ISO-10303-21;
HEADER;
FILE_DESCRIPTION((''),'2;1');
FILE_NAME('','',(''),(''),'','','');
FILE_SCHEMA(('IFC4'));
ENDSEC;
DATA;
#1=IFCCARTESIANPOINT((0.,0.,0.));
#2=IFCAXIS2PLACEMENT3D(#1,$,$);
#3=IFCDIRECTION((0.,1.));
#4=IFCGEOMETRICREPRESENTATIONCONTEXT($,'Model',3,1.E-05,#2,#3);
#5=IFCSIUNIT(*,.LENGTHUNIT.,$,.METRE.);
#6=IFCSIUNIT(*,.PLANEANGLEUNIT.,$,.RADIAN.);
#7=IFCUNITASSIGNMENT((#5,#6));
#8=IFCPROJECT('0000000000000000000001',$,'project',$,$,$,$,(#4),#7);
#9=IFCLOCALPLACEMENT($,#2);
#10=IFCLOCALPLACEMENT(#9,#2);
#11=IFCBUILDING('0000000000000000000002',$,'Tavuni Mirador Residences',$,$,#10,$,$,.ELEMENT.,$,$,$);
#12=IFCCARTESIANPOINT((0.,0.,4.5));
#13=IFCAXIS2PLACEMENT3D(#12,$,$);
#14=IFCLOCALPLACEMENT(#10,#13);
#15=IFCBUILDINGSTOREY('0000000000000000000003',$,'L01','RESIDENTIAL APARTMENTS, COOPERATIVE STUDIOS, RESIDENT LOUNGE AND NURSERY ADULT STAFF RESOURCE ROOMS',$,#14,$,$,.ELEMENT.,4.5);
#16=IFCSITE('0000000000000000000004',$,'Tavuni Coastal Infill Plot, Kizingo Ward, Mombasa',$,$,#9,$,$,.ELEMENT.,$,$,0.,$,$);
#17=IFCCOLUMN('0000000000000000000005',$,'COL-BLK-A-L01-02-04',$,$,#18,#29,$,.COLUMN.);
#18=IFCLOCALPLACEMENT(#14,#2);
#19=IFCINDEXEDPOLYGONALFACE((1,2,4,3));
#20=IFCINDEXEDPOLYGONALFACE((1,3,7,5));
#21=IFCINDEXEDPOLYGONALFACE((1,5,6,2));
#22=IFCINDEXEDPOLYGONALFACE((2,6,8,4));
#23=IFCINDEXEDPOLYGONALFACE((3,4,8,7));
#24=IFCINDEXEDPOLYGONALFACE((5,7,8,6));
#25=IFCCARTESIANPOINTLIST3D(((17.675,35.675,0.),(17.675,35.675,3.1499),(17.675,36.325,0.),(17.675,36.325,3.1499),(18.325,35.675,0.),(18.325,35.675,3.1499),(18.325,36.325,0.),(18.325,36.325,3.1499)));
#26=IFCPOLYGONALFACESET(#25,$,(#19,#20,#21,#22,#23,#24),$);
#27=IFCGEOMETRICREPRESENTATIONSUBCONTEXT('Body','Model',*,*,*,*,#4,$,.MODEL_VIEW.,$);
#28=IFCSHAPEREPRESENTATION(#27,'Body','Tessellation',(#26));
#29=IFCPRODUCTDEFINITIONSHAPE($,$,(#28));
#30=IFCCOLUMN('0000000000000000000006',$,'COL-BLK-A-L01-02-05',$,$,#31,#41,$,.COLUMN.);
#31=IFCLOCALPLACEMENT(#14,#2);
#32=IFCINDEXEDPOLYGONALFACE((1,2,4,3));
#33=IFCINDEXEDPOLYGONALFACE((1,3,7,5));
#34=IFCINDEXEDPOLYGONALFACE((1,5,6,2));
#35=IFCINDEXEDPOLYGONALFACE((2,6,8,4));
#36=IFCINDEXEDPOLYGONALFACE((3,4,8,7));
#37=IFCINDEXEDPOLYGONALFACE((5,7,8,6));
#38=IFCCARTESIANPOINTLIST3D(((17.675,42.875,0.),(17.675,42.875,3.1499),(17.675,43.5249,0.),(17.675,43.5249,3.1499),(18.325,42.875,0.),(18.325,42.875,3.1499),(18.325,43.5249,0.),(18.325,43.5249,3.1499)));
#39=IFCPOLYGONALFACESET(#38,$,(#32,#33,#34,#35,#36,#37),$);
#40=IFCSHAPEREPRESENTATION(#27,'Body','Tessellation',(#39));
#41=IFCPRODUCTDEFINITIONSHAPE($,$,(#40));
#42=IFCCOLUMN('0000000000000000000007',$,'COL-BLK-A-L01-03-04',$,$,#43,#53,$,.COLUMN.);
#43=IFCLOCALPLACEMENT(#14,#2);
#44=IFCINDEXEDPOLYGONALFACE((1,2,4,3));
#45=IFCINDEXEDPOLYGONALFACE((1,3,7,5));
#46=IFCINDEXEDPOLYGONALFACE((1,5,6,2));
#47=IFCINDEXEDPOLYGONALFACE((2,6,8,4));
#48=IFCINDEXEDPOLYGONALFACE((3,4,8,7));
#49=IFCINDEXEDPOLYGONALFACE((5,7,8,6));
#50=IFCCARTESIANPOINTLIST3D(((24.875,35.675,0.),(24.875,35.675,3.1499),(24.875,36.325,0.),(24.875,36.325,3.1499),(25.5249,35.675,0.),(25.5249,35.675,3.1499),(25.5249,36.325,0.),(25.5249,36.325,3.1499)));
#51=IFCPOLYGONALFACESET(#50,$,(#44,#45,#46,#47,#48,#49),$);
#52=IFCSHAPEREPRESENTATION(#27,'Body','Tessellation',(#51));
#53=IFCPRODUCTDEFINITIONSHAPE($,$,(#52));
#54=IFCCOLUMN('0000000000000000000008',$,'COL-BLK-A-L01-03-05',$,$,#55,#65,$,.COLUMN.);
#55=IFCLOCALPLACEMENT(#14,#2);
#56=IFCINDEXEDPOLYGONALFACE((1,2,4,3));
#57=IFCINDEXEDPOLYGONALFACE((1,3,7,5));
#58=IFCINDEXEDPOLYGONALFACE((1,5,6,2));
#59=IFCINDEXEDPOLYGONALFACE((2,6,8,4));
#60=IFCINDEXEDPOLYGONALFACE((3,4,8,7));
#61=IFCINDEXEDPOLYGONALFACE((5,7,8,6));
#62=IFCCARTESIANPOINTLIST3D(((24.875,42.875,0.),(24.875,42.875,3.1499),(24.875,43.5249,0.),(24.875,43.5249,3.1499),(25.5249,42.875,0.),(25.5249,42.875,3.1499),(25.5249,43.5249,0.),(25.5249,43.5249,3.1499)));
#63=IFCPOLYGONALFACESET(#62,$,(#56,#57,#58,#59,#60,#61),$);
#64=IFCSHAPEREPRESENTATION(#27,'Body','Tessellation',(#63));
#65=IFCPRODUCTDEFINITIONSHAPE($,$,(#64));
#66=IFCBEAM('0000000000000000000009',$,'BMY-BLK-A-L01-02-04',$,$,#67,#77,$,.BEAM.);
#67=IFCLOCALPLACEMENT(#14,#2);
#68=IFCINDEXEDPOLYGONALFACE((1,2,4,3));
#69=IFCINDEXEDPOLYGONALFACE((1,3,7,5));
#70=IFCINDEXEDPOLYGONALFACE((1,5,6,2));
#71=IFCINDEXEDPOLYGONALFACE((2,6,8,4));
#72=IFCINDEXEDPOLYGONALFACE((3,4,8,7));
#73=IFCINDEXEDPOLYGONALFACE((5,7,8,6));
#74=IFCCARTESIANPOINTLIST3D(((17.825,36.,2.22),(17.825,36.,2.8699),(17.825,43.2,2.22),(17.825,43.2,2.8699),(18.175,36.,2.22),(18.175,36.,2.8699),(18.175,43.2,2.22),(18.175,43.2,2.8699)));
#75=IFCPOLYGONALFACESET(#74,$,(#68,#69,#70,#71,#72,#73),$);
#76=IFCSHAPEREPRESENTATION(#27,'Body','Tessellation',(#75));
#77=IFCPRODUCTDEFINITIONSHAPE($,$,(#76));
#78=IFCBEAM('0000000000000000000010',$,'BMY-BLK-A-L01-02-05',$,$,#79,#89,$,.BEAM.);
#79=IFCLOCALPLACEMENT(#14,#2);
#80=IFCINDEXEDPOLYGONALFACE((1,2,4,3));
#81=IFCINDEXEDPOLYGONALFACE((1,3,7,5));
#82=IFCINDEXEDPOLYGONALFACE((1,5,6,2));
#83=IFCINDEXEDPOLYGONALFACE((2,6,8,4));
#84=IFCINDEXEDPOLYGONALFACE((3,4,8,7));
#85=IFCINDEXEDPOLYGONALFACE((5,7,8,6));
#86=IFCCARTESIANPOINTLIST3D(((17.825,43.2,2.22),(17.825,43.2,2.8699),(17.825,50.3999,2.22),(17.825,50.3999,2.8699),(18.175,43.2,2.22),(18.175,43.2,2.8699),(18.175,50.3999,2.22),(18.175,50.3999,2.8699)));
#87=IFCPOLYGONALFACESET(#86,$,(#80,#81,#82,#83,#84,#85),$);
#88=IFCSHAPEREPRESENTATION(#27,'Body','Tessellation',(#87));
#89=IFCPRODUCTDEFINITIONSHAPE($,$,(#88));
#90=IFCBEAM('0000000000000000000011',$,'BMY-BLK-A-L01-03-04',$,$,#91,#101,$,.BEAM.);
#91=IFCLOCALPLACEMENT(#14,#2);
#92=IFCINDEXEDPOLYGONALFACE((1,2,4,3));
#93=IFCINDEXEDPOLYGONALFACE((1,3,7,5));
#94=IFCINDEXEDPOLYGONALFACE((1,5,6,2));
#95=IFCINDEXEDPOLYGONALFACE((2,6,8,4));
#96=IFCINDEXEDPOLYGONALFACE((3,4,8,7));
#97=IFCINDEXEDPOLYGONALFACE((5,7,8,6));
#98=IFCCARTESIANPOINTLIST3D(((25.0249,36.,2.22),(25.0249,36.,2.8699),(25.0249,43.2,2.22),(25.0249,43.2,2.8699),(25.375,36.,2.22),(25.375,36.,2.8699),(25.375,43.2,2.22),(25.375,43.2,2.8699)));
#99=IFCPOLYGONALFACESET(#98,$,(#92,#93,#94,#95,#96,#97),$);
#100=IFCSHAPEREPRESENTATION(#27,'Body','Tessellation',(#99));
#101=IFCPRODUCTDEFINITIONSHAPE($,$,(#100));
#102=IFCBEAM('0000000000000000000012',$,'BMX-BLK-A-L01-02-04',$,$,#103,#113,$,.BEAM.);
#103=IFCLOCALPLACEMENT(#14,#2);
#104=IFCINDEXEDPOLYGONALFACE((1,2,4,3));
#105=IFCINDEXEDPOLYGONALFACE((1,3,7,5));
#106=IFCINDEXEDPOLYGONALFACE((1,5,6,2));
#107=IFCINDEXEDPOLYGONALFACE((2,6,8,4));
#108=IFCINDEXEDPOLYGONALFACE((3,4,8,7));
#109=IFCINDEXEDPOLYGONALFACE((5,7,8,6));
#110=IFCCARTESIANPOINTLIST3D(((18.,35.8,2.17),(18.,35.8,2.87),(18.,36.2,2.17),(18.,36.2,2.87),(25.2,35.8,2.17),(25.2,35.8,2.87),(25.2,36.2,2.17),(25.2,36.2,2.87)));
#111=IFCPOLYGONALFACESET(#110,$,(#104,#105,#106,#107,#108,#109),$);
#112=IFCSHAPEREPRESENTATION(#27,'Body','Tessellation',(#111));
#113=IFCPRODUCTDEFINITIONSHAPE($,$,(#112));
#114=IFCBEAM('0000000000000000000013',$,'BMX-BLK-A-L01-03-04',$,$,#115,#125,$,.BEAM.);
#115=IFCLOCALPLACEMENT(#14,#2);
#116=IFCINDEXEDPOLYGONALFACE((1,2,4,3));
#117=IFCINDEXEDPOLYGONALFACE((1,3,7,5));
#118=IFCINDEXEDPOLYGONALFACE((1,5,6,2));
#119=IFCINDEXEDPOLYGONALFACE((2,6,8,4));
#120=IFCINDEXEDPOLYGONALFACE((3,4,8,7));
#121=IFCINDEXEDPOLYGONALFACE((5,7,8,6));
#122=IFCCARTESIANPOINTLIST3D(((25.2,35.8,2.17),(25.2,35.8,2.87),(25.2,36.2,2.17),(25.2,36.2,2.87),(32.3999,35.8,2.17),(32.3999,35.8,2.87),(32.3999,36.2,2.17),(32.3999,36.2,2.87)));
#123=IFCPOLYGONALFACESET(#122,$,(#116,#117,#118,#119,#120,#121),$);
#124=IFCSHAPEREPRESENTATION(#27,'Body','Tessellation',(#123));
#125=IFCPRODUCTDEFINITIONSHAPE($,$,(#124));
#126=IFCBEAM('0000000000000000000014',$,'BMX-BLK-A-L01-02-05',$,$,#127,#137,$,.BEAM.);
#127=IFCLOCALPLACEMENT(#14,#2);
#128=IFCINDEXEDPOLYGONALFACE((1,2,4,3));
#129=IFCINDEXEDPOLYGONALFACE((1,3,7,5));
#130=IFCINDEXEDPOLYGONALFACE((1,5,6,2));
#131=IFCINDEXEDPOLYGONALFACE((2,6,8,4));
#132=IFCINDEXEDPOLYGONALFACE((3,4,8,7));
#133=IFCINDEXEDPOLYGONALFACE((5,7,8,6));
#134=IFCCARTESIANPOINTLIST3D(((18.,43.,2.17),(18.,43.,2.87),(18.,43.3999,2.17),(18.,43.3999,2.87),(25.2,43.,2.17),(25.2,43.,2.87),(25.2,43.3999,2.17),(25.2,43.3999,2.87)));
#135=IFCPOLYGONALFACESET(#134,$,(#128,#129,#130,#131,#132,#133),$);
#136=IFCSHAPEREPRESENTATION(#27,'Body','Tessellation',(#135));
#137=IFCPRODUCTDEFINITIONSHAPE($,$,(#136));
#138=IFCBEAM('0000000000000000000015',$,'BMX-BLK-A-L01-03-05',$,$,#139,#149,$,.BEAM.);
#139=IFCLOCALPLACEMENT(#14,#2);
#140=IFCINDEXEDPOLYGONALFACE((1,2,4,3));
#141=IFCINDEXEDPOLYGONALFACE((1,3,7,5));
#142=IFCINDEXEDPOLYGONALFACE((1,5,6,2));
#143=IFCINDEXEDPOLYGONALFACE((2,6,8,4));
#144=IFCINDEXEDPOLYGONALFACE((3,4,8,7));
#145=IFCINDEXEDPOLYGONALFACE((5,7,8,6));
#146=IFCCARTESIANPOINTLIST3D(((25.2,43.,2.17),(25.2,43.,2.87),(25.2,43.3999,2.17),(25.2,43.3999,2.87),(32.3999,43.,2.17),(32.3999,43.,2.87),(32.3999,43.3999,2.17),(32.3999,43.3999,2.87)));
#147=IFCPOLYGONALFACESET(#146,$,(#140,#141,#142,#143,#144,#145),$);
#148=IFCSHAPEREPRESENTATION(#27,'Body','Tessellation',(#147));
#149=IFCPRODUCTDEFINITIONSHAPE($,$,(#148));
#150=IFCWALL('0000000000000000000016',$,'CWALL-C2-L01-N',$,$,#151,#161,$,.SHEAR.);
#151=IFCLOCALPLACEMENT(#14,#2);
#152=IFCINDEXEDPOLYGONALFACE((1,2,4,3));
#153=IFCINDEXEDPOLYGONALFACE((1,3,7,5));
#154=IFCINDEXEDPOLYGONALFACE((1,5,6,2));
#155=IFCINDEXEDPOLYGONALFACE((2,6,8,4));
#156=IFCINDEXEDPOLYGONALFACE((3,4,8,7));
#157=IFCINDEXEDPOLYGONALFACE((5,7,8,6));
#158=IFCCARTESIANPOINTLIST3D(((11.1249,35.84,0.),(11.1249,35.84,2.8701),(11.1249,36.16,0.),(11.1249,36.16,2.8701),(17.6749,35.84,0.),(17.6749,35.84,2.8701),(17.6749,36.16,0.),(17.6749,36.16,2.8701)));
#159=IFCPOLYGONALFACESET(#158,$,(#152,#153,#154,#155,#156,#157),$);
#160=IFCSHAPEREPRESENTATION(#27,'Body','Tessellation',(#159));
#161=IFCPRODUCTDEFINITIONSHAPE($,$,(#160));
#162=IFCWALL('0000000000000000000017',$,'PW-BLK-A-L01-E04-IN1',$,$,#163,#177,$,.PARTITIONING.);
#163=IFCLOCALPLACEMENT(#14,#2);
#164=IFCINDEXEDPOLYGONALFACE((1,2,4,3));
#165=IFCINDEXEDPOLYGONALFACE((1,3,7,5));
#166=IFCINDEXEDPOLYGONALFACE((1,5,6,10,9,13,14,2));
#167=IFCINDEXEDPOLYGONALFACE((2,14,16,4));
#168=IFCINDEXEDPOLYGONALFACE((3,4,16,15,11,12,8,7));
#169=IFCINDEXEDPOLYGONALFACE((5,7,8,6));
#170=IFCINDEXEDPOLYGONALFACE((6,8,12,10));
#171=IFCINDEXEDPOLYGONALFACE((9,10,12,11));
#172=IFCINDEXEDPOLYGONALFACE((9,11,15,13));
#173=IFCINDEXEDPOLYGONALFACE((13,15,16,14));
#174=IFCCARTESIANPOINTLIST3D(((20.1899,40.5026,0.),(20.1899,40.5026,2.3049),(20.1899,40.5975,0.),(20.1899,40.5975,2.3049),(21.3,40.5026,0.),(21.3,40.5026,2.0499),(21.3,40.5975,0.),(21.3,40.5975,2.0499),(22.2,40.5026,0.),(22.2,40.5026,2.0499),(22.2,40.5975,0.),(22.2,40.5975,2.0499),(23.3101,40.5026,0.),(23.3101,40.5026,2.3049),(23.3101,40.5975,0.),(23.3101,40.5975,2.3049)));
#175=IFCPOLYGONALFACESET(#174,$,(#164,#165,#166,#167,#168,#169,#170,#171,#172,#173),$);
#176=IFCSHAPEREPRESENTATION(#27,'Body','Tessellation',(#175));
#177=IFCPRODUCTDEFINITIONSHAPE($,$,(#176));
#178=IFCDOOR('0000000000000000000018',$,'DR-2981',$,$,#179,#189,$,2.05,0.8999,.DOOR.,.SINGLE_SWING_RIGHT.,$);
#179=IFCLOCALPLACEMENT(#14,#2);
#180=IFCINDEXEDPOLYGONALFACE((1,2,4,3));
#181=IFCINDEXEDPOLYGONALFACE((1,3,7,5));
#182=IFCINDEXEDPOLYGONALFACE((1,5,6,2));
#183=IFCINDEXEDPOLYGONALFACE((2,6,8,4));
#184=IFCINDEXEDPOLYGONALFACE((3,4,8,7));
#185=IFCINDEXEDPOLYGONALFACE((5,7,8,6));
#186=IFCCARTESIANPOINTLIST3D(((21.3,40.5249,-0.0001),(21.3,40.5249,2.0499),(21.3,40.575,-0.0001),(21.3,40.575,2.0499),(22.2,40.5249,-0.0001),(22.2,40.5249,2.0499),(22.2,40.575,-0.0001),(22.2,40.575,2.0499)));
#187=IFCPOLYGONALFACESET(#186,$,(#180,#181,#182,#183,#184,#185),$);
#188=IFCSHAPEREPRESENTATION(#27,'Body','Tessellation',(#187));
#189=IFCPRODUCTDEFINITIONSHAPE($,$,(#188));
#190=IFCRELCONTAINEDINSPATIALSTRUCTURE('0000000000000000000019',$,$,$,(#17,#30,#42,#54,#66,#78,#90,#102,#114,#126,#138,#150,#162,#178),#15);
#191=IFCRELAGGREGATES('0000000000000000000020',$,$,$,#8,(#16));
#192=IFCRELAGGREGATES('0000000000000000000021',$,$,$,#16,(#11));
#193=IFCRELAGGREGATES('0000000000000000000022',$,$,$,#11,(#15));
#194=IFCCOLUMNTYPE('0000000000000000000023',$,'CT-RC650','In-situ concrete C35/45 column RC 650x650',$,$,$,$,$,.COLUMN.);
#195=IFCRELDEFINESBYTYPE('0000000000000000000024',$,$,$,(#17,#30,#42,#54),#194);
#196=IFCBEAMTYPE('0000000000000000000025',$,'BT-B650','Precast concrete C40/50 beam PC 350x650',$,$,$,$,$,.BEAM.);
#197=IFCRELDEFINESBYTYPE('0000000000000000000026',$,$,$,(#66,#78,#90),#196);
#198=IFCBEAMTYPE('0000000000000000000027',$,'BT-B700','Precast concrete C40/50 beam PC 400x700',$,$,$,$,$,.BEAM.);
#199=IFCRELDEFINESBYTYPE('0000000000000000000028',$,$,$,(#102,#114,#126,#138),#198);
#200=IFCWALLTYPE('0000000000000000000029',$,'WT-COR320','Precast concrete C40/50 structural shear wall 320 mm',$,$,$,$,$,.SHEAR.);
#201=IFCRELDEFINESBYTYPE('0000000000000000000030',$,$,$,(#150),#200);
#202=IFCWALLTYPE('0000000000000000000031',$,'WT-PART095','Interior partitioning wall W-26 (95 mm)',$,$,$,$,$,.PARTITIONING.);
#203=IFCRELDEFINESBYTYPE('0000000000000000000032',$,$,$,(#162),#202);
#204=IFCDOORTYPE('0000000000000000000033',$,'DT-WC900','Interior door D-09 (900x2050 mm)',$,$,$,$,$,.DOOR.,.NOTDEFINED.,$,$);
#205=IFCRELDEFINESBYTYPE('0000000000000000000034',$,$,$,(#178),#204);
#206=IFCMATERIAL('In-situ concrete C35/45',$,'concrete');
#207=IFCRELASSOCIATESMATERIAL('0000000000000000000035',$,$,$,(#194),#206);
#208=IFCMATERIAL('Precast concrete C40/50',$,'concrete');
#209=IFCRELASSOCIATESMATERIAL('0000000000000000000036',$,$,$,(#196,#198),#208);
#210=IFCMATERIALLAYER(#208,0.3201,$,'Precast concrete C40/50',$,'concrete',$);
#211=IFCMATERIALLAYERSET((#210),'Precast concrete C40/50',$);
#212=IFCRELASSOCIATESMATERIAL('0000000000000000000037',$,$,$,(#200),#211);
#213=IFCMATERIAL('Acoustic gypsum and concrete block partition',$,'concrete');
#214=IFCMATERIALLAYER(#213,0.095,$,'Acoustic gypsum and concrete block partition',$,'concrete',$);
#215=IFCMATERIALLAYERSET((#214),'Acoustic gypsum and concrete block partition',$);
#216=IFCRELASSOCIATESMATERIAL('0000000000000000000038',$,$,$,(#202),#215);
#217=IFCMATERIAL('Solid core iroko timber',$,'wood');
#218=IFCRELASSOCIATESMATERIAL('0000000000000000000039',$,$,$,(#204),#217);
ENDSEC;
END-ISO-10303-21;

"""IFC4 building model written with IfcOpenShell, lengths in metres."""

from ifc_helpers import new_model, si_unit, direction, frame, frame_2d, origin, origin_2d, place, context, subcontext, project, spatial, rectangle, extrude, material, layer, layer_set, material_profile, profile_set, type_object, element, fill, save


model = new_model("IFC4")

# Units and contexts
model_context = context("Model", 3, precision=1e-05, world=origin(), true_north=direction((0.0, 1.0)))
body_context = subcontext(model_context, "Body", "Model", "MODEL_VIEW")
ifc_project = project(units=[si_unit("LENGTHUNIT", "METRE"), si_unit("PLANEANGLEUNIT", "RADIAN")], contexts=[model_context])

# Site, building, storey
site_placement = place(None, origin())
site = spatial("IfcSite", under=ifc_project, at=site_placement, Name="Tavuni Coastal Infill Plot, Kizingo Ward, Mombasa", CompositionType="ELEMENT", RefElevation=0.0)
building_placement = place(site_placement, origin())
building = spatial("IfcBuilding", under=site, at=building_placement, Name="Tavuni Mirador Residences", CompositionType="ELEMENT")
storey_placement = place(building_placement, frame((0.0, 0.0, 4.5)))
storey = spatial("IfcBuildingStorey", under=building, at=storey_placement, Name="L01", Description="RESIDENTIAL APARTMENTS, COOPERATIVE STUDIOS, RESIDENT LOUNGE AND NURSERY ADULT STAFF RESOURCE ROOMS", CompositionType="ELEMENT", Elevation=4.5)

# Columns
ifc_material_1 = material(Name="In-situ concrete C35/45", Category="concrete")
ifc_material_profile_1 = material_profile(ifc_material_1, rectangle(XDim=0.6499, YDim=0.6499, at=origin_2d()), Name="RC 650x650", Category="concrete")
ifc_profile_set_1 = profile_set([ifc_material_profile_1], Name="In-situ concrete C35/45")
column_type = type_object("IfcColumnType", Name="CT-RC650", Description="In-situ concrete C35/45 column RC 650x650", PredefinedType="COLUMN", material=ifc_profile_set_1)
for number, where, z_axis, x_axis, name in (
    (1, (18.0, 36.0, 0.0), (0.0, 0.0, 1.0), (1.0, 0.0, 0.0), "COL-BLK-A-L01-02-04"),
    (2, (18.0, 43.2, 0.0), (0.0, 0.0, 1.0), (1.0, 0.0, 0.0), "COL-BLK-A-L01-02-05"),
    (3, (25.2, 36.0, 0.0), (0.0, 0.0, 1.0), (1.0, 0.0, 0.0), "COL-BLK-A-L01-03-04"),
    (4, (25.2, 43.2, 0.0), (0.0, 0.0, 1.0), (1.0, 0.0, 0.0), "COL-BLK-A-L01-03-05"),
):
    element("IfcColumn", number, at=place(storey_placement, frame(where, z_axis=z_axis, x_axis=x_axis)), inside=storey, type_object=column_type, Name=name, PredefinedType="COLUMN", context=body_context, shape_type="SweptSolid", body=[
        extrude(rectangle(XDim=0.6499, YDim=0.6499, at=origin_2d()), origin(), (0.0, 0.0, 1.0), 3.1499),
    ])

# Beams
ifc_material_2 = material(Name="Precast concrete C40/50", Category="concrete")
ifc_material_profile_2 = material_profile(ifc_material_2, rectangle(XDim=0.3501, YDim=0.6499, at=origin_2d()), Name="PC 350x650", Category="concrete")
ifc_profile_set_2 = profile_set([ifc_material_profile_2], Name="Precast concrete C40/50")
beam_type_1 = type_object("IfcBeamType", Name="BT-B650", Description="Precast concrete C40/50 beam PC 350x650", PredefinedType="BEAM", material=ifc_profile_set_2)
for number, where, z_axis, x_axis, name in (
    (5, (18.0, 36.0, 2.5449), (0.0, 1.0, 0.0), (-1.0, 0.0, 0.0), "BMY-BLK-A-L01-02-04"),
    (6, (18.0, 43.2, 2.5449), (0.0, 1.0, 0.0), (-1.0, 0.0, 0.0), "BMY-BLK-A-L01-02-05"),
    (7, (25.2, 36.0, 2.5449), (0.0, 1.0, 0.0), (-1.0, 0.0, 0.0), "BMY-BLK-A-L01-03-04"),
):
    element("IfcBeam", number, at=place(storey_placement, frame(where, z_axis=z_axis, x_axis=x_axis)), inside=storey, type_object=beam_type_1, Name=name, PredefinedType="BEAM", context=body_context, shape_type="SweptSolid", body=[
        extrude(rectangle(XDim=0.3501, YDim=0.6499, at=origin_2d()), origin(), (0.0, 0.0, 1.0), 7.2),
    ])
ifc_material_profile_3 = material_profile(ifc_material_2, rectangle(XDim=0.3999, YDim=0.7, at=origin_2d()), Name="PC 400x700", Category="concrete")
ifc_profile_set_3 = profile_set([ifc_material_profile_3], Name="Precast concrete C40/50")
beam_type_2 = type_object("IfcBeamType", Name="BT-B700", Description="Precast concrete C40/50 beam PC 400x700", PredefinedType="BEAM", material=ifc_profile_set_3)
for number, where, z_axis, x_axis, name in (
    (8, (18.0, 36.0, 2.52), (1.0, 0.0, 0.0), (0.0, 1.0, 0.0), "BMX-BLK-A-L01-02-04"),
    (9, (25.2, 36.0, 2.52), (1.0, 0.0, 0.0), (0.0, 1.0, 0.0), "BMX-BLK-A-L01-03-04"),
    (10, (18.0, 43.2, 2.52), (1.0, 0.0, 0.0), (0.0, 1.0, 0.0), "BMX-BLK-A-L01-02-05"),
    (11, (25.2, 43.2, 2.52), (1.0, 0.0, 0.0), (0.0, 1.0, 0.0), "BMX-BLK-A-L01-03-05"),
):
    element("IfcBeam", number, at=place(storey_placement, frame(where, z_axis=z_axis, x_axis=x_axis)), inside=storey, type_object=beam_type_2, Name=name, PredefinedType="BEAM", context=body_context, shape_type="SweptSolid", body=[
        extrude(rectangle(XDim=0.3999, YDim=0.7, at=origin_2d()), origin(), (0.0, 0.0, 1.0), 7.2),
    ])

# Wall
ifc_layer_1 = layer(ifc_material_2, 0.3201, Name="Precast concrete C40/50", Category="concrete")
ifc_layer_set_1 = layer_set([ifc_layer_1], Name="Precast concrete C40/50")
wall_type_1 = type_object("IfcWallType", Name="WT-COR320", Description="Precast concrete C40/50 structural shear wall 320 mm", PredefinedType="SHEAR", material=ifc_layer_set_1)
wall_1_placement = place(storey_placement, frame((11.125, 36.0, 0.0), z_axis=(0.0, 0.0, 1.0), x_axis=(1.0, 0.0, 0.0)))
element("IfcWall", 12, at=wall_1_placement, inside=storey, type_object=wall_type_1, Name="CWALL-C2-L01-N", PredefinedType="SHEAR", context=body_context, shape_type="SweptSolid", body=[
    extrude(rectangle(XDim=6.55, YDim=0.3201, at=frame_2d((3.2749, 0.0))), origin(), (0.0, 0.0, 1.0), 2.8701),
])

# Wall, opening, door
ifc_material_3 = material(Name="Solid core iroko timber", Category="wood")
ifc_material_4 = material(Name="Acoustic gypsum and concrete block partition", Category="concrete")
ifc_layer_2 = layer(ifc_material_4, 0.095, Name="Acoustic gypsum and concrete block partition", Category="concrete")
ifc_layer_set_2 = layer_set([ifc_layer_2], Name="Acoustic gypsum and concrete block partition")
wall_type_2 = type_object("IfcWallType", Name="WT-PART095", Description="Interior partitioning wall W-26 (95 mm)", PredefinedType="PARTITIONING", material=ifc_layer_set_2)
wall_2_placement = place(storey_placement, frame((20.1899, 40.55, 0.0), z_axis=(0.0, 0.0, 1.0), x_axis=(1.0, 0.0, 0.0)))
wall_2 = element("IfcWall", 13, at=wall_2_placement, inside=storey, type_object=wall_type_2, Name="PW-BLK-A-L01-E04-IN1", PredefinedType="PARTITIONING", context=body_context, shape_type="SweptSolid", body=[
    extrude(rectangle(XDim=3.1201, YDim=0.095, at=frame_2d((1.5601, 0.0))), origin(), (0.0, 0.0, 1.0), 2.3049),
])
opening_1_placement = place(wall_2_placement, frame((1.1101, 0.0, 0.0)))
opening_1 = element("IfcOpeningElement", 14, at=opening_1_placement, cuts=wall_2, PredefinedType="OPENING", context=body_context, shape_type="SweptSolid", body=[
    extrude(rectangle(XDim=0.8999, YDim=2.05, at=frame_2d((0.45, 1.0249))), frame((0.0, 0.0576, 0.0), z_axis=(0.0, -1.0, 0.0), x_axis=(1.0, 0.0, 0.0)), (0.0, 0.0, 1.0), 0.115),
])
door_type_1 = type_object("IfcDoorType", Name="DT-WC900", Description="Interior door D-09 (900x2050 mm)", OperationType="NOTDEFINED", PredefinedType="DOOR", material=ifc_material_3)
door_1_placement = place(opening_1_placement, origin())
door_1 = element("IfcDoor", 15, at=door_1_placement, inside=storey, type_object=door_type_1, Name="DR-2981", OperationType="SINGLE_SWING_RIGHT", OverallHeight=2.05, OverallWidth=0.8999, PredefinedType="DOOR", context=body_context, shape_type="SweptSolid", body=[
    extrude(rectangle(XDim=0.8999, YDim=2.05, at=frame_2d((0.45, 1.0249))), frame((0.0, 0.0249, 0.0), z_axis=(0.0, -1.0, 0.0), x_axis=(1.0, 0.0, 0.0)), (0.0, 0.0, 1.0), 0.05),
])
fill(opening_1, door_1)

save(model, "model.ifc")
